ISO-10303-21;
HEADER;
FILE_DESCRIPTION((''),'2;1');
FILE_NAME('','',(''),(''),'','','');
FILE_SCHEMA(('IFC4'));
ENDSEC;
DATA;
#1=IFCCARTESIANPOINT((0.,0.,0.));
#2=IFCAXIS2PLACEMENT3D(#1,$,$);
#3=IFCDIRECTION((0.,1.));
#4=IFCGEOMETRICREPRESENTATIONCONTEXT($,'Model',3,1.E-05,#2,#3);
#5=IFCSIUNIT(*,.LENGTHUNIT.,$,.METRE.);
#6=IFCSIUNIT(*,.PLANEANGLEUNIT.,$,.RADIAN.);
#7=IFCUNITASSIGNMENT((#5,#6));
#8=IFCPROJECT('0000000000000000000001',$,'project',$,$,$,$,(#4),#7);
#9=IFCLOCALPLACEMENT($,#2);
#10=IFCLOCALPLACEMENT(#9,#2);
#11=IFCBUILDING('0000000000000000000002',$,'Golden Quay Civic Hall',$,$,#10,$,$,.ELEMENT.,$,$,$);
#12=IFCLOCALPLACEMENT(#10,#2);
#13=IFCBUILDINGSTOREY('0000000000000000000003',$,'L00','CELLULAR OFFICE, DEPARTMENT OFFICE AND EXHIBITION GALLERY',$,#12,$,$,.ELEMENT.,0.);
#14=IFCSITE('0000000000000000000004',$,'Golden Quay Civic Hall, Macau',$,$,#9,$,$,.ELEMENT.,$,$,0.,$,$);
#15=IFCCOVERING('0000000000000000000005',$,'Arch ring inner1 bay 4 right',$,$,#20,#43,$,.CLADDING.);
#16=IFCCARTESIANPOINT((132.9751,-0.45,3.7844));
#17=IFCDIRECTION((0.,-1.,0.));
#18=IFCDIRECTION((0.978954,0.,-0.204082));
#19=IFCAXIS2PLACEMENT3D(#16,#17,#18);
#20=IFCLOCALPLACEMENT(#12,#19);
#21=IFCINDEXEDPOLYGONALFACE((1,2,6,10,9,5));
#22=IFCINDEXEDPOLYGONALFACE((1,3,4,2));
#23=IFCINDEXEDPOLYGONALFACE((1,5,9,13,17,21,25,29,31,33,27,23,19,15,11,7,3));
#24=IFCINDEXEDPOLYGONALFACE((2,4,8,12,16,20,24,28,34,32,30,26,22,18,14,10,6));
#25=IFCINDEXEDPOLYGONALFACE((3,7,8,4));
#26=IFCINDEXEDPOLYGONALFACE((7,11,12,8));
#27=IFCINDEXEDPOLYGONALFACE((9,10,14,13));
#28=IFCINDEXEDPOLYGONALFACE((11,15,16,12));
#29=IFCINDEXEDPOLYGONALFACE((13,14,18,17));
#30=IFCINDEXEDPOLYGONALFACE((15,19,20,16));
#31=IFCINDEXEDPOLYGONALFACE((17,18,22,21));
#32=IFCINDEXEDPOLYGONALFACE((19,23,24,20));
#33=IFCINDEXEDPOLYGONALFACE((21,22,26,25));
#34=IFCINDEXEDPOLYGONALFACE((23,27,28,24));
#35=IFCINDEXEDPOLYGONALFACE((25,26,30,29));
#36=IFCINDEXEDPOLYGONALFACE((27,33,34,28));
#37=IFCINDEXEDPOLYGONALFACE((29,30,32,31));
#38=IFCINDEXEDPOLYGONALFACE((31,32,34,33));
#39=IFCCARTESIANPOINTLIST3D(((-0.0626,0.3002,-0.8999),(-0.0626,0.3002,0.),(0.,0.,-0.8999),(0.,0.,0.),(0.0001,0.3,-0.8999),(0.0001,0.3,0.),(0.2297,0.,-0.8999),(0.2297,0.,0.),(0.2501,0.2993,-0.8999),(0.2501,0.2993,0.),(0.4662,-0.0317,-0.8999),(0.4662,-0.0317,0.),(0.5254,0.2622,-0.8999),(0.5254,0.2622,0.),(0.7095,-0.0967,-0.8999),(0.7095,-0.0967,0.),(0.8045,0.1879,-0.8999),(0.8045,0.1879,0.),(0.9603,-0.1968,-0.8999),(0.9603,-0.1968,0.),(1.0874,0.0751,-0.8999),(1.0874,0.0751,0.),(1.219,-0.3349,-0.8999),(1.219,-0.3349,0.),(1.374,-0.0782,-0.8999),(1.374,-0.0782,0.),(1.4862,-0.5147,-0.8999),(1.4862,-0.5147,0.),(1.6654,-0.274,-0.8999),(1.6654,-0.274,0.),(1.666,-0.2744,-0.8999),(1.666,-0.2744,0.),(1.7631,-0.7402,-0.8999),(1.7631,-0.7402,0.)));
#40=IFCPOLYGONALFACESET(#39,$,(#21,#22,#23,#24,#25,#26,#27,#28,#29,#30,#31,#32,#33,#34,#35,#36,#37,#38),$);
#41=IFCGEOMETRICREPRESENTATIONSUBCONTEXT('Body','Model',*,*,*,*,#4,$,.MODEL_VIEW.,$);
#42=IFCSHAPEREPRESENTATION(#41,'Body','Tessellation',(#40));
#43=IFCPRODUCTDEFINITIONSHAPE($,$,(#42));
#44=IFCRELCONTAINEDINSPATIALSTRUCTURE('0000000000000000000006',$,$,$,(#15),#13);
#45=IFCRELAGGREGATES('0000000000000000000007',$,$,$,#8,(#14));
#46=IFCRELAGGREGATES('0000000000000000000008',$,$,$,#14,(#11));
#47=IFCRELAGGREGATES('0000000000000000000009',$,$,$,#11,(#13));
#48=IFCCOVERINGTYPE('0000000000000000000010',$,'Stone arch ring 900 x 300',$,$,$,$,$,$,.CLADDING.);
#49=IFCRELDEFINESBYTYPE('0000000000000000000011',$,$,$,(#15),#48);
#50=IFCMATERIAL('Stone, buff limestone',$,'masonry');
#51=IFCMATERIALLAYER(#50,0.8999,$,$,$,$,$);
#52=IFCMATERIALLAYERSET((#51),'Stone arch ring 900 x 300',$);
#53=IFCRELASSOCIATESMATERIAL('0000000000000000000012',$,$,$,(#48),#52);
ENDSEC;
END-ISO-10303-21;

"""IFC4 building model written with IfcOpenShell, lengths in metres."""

from ifc_helpers import new_model, si_unit, direction, frame, origin, place, context, subcontext, project, spatial, polyline, outline, extrude, material, layer, layer_set, type_object, element, save


model = new_model("IFC4")

# Units and contexts
model_context = context("Model", 3, precision=1e-05, world=origin(), true_north=direction((0.0, 1.0)))
body_context = subcontext(model_context, "Body", "Model", "MODEL_VIEW")
ifc_project = project(units=[si_unit("LENGTHUNIT", "METRE"), si_unit("PLANEANGLEUNIT", "RADIAN")], contexts=[model_context])

# Site, building, storey
site_placement = place(None, origin())
site = spatial("IfcSite", under=ifc_project, at=site_placement, Name="Golden Quay Civic Hall, Macau", CompositionType="ELEMENT", RefElevation=0.0)
building_placement = place(site_placement, origin())
building = spatial("IfcBuilding", under=site, at=building_placement, Name="Golden Quay Civic Hall", CompositionType="ELEMENT")
storey_placement = place(building_placement, origin())
storey = spatial("IfcBuildingStorey", under=building, at=storey_placement, Name="L00", Description="CELLULAR OFFICE, DEPARTMENT OFFICE AND EXHIBITION GALLERY", CompositionType="ELEMENT", Elevation=0.0)

# Covering
ifc_material_1 = material(Name="Stone, buff limestone", Category="masonry")
ifc_layer_1 = layer(ifc_material_1, 0.8999)
ifc_layer_set_1 = layer_set([ifc_layer_1], Name="Stone arch ring 900 x 300")
covering_type_1 = type_object("IfcCoveringType", Name="Stone arch ring 900 x 300", PredefinedType="CLADDING", material=ifc_layer_set_1)
covering_1_placement = place(storey_placement, frame((132.9751, -0.45, 3.7844), z_axis=(0.0, -1.0, 0.0), x_axis=(0.978954, 0.0, -0.204082)))
element("IfcCovering", 1, at=covering_1_placement, inside=storey, type_object=covering_type_1, Name="Arch ring inner1 bay 4 right", PredefinedType="CLADDING", context=body_context, shape_type="SweptSolid", body=[
    extrude(outline(polyline([(0.0, 0.0), (0.2297, 0.0), (0.4662, -0.0317), (0.7095, -0.0967), (0.9603, -0.1968), (1.219, -0.3349), (1.4862, -0.5147), (1.7631, -0.7402), (1.666, -0.2744), (1.6654, -0.274), (1.374, -0.0782), (1.0874, 0.0751), (0.8045, 0.1879), (0.5254, 0.2622), (0.2501, 0.2993), (0.0001, 0.3), (-0.0626, 0.3002), (0.0, 0.0)])), origin(), (0.0, 0.0, -1.0), 0.8999),
])

save(model, "model.ifc")
